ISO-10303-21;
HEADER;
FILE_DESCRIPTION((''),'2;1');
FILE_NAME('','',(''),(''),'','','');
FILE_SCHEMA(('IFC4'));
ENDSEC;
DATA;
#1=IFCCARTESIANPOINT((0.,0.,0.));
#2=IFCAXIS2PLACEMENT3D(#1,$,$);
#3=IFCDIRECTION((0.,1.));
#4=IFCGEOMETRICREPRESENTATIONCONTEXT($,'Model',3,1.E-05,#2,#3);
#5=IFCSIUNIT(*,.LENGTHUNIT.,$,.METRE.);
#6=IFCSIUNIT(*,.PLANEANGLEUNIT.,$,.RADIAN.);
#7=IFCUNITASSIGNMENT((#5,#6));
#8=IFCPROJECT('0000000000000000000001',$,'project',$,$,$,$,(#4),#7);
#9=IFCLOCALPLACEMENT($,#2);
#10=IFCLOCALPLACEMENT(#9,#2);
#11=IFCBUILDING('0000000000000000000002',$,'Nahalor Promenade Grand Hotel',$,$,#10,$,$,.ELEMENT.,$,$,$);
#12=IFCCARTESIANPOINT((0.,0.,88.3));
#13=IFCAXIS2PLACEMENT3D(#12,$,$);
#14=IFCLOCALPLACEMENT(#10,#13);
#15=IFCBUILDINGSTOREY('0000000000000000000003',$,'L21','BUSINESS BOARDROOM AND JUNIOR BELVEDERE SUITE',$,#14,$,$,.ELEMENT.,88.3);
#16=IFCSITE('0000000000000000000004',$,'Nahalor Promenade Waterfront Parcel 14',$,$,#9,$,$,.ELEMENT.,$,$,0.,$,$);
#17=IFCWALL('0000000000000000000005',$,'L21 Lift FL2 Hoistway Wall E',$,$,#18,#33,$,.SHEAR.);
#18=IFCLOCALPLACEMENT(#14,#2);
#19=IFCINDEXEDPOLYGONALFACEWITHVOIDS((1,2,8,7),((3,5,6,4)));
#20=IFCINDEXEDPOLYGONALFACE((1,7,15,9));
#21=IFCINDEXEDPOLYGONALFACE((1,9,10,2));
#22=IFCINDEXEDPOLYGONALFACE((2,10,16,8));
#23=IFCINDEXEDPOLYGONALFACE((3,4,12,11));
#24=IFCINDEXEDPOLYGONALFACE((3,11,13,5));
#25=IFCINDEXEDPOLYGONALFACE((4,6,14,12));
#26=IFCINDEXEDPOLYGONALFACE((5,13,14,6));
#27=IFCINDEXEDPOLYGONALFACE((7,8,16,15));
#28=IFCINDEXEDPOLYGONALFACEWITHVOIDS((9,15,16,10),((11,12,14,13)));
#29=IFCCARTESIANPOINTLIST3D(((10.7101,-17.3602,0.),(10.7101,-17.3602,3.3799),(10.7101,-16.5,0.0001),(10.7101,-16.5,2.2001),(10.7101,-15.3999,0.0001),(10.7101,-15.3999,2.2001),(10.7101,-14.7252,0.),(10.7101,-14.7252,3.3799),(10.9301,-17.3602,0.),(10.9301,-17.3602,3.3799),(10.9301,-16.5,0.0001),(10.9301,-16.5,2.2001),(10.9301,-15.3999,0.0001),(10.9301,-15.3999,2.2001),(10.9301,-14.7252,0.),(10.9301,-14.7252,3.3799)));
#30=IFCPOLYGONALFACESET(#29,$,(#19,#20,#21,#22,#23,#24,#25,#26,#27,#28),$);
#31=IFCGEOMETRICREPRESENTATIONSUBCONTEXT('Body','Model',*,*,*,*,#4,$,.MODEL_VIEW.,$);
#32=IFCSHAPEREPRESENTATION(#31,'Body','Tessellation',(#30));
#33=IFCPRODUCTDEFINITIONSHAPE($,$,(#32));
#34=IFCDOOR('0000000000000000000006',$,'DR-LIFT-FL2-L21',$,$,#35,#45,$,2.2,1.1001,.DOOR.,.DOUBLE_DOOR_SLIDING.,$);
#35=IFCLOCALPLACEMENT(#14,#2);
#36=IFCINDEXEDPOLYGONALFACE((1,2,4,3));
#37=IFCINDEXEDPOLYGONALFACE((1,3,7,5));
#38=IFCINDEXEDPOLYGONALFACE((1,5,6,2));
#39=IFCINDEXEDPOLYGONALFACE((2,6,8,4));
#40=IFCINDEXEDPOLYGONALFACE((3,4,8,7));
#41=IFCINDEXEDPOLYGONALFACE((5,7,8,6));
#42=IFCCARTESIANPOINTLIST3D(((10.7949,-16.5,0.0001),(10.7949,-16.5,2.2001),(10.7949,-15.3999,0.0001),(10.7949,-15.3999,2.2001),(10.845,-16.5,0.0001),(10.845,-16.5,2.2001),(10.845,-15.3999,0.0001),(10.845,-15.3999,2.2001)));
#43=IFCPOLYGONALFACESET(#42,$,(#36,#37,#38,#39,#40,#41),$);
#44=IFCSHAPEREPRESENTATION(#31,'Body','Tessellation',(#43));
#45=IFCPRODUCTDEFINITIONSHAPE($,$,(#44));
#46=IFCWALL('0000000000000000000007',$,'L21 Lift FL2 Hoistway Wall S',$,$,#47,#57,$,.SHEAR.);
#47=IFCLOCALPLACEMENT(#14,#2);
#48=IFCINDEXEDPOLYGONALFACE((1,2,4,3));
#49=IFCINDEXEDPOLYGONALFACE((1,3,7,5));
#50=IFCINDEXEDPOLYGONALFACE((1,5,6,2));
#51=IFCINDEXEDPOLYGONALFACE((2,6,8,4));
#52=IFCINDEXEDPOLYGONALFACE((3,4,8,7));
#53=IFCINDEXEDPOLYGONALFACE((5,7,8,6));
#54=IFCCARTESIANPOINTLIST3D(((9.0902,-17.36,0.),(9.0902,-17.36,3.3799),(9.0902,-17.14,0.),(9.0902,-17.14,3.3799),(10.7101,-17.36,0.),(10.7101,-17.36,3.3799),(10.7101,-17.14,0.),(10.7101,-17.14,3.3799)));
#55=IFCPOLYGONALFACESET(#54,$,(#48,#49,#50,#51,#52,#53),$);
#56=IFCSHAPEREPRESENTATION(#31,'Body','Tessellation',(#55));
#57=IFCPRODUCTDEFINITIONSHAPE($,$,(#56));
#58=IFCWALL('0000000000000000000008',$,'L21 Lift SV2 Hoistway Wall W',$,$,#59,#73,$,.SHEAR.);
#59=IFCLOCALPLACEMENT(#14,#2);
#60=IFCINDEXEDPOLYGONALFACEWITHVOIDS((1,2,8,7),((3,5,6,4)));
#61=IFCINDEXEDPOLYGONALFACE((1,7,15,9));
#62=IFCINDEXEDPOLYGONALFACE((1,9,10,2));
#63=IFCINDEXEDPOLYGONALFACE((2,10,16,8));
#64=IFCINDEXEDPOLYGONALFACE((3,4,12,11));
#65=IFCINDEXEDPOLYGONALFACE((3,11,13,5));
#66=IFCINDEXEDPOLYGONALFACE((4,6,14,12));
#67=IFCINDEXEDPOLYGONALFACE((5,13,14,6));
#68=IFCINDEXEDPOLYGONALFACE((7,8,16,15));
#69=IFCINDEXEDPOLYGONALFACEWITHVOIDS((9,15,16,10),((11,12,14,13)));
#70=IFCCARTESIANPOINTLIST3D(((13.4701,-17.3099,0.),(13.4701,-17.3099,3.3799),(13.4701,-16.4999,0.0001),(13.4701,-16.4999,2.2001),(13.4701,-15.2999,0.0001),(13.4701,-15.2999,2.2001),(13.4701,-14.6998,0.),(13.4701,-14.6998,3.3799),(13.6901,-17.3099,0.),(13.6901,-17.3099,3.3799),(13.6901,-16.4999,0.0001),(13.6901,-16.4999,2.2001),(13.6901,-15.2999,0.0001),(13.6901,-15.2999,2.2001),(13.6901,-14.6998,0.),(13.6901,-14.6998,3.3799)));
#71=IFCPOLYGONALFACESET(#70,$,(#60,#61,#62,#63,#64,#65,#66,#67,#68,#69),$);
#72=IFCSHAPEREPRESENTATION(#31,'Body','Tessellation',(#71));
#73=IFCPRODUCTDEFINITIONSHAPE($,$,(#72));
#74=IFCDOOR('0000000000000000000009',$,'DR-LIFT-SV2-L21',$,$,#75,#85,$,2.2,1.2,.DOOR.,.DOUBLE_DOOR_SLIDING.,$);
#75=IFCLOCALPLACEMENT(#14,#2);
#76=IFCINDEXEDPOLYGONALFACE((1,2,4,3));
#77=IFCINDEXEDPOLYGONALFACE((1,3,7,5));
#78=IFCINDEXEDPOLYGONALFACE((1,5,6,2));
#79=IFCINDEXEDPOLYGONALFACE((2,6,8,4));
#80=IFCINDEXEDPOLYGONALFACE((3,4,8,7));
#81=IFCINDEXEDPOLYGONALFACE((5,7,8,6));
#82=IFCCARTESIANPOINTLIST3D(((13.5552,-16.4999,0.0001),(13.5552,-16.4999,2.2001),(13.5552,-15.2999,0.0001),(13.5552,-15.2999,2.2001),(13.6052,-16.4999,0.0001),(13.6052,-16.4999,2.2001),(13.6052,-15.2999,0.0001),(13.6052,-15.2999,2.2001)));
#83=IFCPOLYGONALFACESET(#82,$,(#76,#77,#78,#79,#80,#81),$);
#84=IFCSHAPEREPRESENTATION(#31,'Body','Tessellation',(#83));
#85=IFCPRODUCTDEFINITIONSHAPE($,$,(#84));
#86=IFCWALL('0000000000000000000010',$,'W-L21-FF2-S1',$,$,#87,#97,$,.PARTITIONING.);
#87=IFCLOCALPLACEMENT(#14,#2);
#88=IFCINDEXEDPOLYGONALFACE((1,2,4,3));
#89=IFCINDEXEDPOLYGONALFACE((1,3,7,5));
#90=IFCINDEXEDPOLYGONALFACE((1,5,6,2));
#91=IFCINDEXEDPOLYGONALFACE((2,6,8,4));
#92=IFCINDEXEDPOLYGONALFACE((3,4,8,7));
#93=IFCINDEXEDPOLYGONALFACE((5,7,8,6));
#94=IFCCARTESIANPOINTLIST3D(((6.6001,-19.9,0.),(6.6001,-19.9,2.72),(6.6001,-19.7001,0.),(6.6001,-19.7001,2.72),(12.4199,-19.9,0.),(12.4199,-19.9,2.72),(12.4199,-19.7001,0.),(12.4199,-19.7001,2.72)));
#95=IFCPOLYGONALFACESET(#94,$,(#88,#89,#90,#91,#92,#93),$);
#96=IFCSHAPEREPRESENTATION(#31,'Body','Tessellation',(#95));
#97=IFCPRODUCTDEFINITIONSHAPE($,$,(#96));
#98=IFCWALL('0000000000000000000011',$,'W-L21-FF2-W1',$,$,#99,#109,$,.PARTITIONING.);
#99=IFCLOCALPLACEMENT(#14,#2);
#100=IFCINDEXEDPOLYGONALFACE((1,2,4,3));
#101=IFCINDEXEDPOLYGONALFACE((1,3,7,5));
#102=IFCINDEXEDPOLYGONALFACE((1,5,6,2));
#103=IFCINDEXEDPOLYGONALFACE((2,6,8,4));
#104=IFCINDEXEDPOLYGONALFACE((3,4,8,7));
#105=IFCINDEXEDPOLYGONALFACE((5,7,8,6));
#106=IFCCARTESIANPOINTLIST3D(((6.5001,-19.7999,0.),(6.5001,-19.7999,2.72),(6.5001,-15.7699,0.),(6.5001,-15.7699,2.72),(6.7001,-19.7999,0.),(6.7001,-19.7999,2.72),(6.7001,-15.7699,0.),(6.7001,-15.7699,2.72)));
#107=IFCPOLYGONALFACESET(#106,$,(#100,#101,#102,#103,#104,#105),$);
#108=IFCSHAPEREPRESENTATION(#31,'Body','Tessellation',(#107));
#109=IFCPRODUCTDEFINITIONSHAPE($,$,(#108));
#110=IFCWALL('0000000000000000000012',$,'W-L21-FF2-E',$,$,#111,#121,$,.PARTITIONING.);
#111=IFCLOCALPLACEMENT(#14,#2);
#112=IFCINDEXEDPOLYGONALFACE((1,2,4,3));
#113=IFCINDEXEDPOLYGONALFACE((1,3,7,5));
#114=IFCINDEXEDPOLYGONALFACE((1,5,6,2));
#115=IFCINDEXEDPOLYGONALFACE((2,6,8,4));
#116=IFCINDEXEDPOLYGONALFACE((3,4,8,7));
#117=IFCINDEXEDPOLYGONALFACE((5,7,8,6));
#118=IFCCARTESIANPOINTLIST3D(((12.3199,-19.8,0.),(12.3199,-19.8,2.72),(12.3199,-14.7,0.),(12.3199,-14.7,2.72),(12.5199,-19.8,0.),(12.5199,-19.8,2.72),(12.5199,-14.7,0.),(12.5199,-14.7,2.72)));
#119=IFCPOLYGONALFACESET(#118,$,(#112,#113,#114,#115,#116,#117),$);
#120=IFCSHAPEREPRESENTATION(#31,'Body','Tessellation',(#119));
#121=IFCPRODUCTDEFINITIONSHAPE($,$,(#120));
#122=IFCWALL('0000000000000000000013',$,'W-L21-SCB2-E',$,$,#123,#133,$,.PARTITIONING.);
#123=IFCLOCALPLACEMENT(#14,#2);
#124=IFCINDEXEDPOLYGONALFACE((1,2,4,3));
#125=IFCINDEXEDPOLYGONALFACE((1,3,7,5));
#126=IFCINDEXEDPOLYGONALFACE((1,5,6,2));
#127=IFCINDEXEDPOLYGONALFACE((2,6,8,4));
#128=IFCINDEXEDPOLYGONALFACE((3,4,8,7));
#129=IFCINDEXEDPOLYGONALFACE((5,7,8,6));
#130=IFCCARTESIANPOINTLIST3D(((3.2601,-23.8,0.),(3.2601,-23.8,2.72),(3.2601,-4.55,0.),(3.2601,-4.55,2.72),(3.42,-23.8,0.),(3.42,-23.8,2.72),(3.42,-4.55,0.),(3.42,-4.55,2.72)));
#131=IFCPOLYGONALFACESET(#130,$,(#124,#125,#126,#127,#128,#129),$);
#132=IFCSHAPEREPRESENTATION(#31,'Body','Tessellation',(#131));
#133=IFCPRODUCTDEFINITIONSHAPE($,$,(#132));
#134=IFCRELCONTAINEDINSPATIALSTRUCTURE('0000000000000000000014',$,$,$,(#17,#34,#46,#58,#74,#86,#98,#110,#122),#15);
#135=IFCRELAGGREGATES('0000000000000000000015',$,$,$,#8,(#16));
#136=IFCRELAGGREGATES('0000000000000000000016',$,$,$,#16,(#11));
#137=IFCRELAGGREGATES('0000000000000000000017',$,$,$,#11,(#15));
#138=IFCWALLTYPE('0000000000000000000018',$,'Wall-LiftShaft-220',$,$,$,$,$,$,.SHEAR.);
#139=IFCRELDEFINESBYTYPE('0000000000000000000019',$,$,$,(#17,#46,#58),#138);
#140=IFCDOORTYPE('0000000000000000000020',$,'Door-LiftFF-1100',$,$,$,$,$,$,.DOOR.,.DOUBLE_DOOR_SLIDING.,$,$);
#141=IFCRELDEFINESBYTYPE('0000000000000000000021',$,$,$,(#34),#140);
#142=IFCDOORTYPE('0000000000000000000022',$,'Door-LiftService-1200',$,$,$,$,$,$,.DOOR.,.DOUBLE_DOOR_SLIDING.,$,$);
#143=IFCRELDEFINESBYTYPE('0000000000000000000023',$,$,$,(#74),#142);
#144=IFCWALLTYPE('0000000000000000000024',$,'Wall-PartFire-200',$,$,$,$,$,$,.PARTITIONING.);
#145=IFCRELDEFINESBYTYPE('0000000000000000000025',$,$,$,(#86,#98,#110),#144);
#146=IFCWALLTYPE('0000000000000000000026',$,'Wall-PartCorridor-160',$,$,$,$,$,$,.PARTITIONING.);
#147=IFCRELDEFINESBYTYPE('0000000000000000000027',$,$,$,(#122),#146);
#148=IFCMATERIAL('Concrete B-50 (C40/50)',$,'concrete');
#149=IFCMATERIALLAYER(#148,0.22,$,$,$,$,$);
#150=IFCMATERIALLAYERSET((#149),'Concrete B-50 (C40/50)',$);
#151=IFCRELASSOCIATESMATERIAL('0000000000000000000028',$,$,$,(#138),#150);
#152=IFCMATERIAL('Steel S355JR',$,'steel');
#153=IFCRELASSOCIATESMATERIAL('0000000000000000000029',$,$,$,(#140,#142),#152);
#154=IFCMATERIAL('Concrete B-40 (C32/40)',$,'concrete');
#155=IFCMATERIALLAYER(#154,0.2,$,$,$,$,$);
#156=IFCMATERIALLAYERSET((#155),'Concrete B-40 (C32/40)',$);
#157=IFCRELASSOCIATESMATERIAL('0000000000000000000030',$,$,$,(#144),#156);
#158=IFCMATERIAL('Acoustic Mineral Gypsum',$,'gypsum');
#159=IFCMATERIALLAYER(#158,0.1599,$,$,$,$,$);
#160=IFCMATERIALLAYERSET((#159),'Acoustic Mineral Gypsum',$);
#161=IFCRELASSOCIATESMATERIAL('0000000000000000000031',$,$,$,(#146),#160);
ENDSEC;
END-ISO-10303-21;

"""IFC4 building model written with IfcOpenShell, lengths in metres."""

from ifc_helpers import new_model, si_unit, direction, frame, frame_2d, origin, place, context, subcontext, project, spatial, rectangle, extrude, source, transform, mapped, material, layer, layer_set, type_object, element, fill, save


model = new_model("IFC4")

# Units and contexts
model_context = context("Model", 3, precision=1e-05, world=origin(), true_north=direction((0.0, 1.0)))
body_context = subcontext(model_context, "Body", "Model", "MODEL_VIEW")
ifc_project = project(units=[si_unit("LENGTHUNIT", "METRE"), si_unit("PLANEANGLEUNIT", "RADIAN")], contexts=[model_context])

# Site, building, storey
site_placement = place(None, origin())
site = spatial("IfcSite", under=ifc_project, at=site_placement, Name="Nahalor Promenade Waterfront Parcel 14", CompositionType="ELEMENT", RefElevation=0.0)
building_placement = place(site_placement, origin())
building = spatial("IfcBuilding", under=site, at=building_placement, Name="Nahalor Promenade Grand Hotel", CompositionType="ELEMENT")
storey_placement = place(building_placement, frame((0.0, 0.0, 88.3)))
storey = spatial("IfcBuildingStorey", under=building, at=storey_placement, Name="L21", Description="BUSINESS BOARDROOM AND JUNIOR BELVEDERE SUITE", CompositionType="ELEMENT", Elevation=88.3)

# Shared definitions
ifc_material_1 = material(Name="Steel S355JR", Category="steel")

# Shared definitions
ifc_material_2 = material(Name="Concrete B-50 (C40/50)", Category="concrete")

# Shared definitions
ifc_layer_1 = layer(ifc_material_2, 0.22)
ifc_layer_set_1 = layer_set([ifc_layer_1], Name="Concrete B-50 (C40/50)")
wall_type_1 = type_object("IfcWallType", Name="Wall-LiftShaft-220", PredefinedType="SHEAR", material=ifc_layer_set_1)
shared_shape_1 = source(origin(), body_context, "Body", "SweptSolid", [
    extrude(rectangle(XDim=2.635, YDim=0.22, at=frame_2d((1.3174, 0.0))), origin(), (0.0, 0.0, 1.0), 3.3799),
])

# Wall, opening, door
wall_1_placement = place(storey_placement, frame((10.8201, -17.3601, 0.0), z_axis=(0.0, 0.0, 1.0), x_axis=(0.0, 1.0, 0.0)))
wall_1 = element("IfcWall", 1, at=wall_1_placement, inside=storey, type_object=wall_type_1, Name="L21 Lift FL2 Hoistway Wall E", PredefinedType="SHEAR", context=body_context, shape_type="MappedRepresentation", body=[
    mapped(shared_shape_1, transform((0.0, 0.0, 0.0), scale=1.0)),
])
opening_1_placement = place(wall_1_placement, frame((0.8601, 0.0, 0.0)))
opening_1 = element("IfcOpeningElement", 2, at=opening_1_placement, cuts=wall_1, PredefinedType="OPENING", context=body_context, shape_type="SweptSolid", body=[
    extrude(rectangle(XDim=1.1001, YDim=2.2, at=frame_2d((0.55, 1.1001))), frame((0.0, 0.1199, 0.0), z_axis=(0.0, -1.0, 0.0), x_axis=(1.0, 0.0, 0.0)), (0.0, 0.0, 1.0), 0.24),
])
door_type_1 = type_object("IfcDoorType", Name="Door-LiftFF-1100", OperationType="DOUBLE_DOOR_SLIDING", PredefinedType="DOOR", material=ifc_material_1)
shared_shape_2 = source(origin(), body_context, "Body", "SweptSolid", [
    extrude(rectangle(XDim=1.1001, YDim=2.2, at=frame_2d((0.55, 1.1001))), frame((0.0, 0.0249, 0.0), z_axis=(0.0, -1.0, 0.0), x_axis=(1.0, 0.0, 0.0)), (0.0, 0.0, 1.0), 0.05),
])
door_1_placement = place(opening_1_placement, frame((1.1001, 0.0, 0.0), z_axis=(0.0, 0.0, 1.0), x_axis=(-1.0, 0.0, 0.0)))
door_1 = element("IfcDoor", 3, at=door_1_placement, inside=storey, type_object=door_type_1, Name="DR-LIFT-FL2-L21", OperationType="DOUBLE_DOOR_SLIDING", OverallHeight=2.2, OverallWidth=1.1001, PredefinedType="DOOR", context=body_context, shape_type="MappedRepresentation", body=[
    mapped(shared_shape_2, transform((0.0, 0.0, 0.0), scale=1.0)),
])
fill(opening_1, door_1)

# Wall
shared_shape_3 = source(origin(), body_context, "Body", "SweptSolid", [
    extrude(rectangle(XDim=1.6199, YDim=0.22, at=frame_2d((0.8101, 0.0))), origin(), (0.0, 0.0, 1.0), 3.3799),
])
wall_2_placement = place(storey_placement, frame((9.0901, -17.25, 0.0), z_axis=(0.0, 0.0, 1.0), x_axis=(1.0, 0.0, 0.0)))
element("IfcWall", 4, at=wall_2_placement, inside=storey, type_object=wall_type_1, Name="L21 Lift FL2 Hoistway Wall S", PredefinedType="SHEAR", context=body_context, shape_type="MappedRepresentation", body=[
    mapped(shared_shape_3, transform((0.0, 0.0, 0.0), scale=1.0)),
])

# Wall, opening, door
shared_shape_4 = source(origin(), body_context, "Body", "SweptSolid", [
    extrude(rectangle(XDim=2.6101, YDim=0.22, at=frame_2d((1.3052, 0.0))), origin(), (0.0, 0.0, 1.0), 3.3799),
])
wall_3_placement = place(storey_placement, frame((13.5801, -17.3101, 0.0), z_axis=(0.0, 0.0, 1.0), x_axis=(0.0, 1.0, 0.0)))
wall_3 = element("IfcWall", 5, at=wall_3_placement, inside=storey, type_object=wall_type_1, Name="L21 Lift SV2 Hoistway Wall W", PredefinedType="SHEAR", context=body_context, shape_type="MappedRepresentation", body=[
    mapped(shared_shape_4, transform((0.0, 0.0, 0.0), scale=1.0)),
])
opening_2_placement = place(wall_3_placement, frame((0.8101, 0.0, 0.0)))
opening_2 = element("IfcOpeningElement", 6, at=opening_2_placement, cuts=wall_3, PredefinedType="OPENING", context=body_context, shape_type="SweptSolid", body=[
    extrude(rectangle(XDim=1.2, YDim=2.2, at=frame_2d((0.6001, 1.1001))), frame((0.0, 0.1199, 0.0), z_axis=(0.0, -1.0, 0.0), x_axis=(1.0, 0.0, 0.0)), (0.0, 0.0, 1.0), 0.24),
])
door_type_2 = type_object("IfcDoorType", Name="Door-LiftService-1200", OperationType="DOUBLE_DOOR_SLIDING", PredefinedType="DOOR", material=ifc_material_1)
shared_shape_5 = source(origin(), body_context, "Body", "SweptSolid", [
    extrude(rectangle(XDim=1.2, YDim=2.2, at=frame_2d((0.6001, 1.1001))), frame((0.0, 0.0249, 0.0), z_axis=(0.0, -1.0, 0.0), x_axis=(1.0, 0.0, 0.0)), (0.0, 0.0, 1.0), 0.05),
])
door_2_placement = place(opening_2_placement, origin())
door_2 = element("IfcDoor", 7, at=door_2_placement, inside=storey, type_object=door_type_2, Name="DR-LIFT-SV2-L21", OperationType="DOUBLE_DOOR_SLIDING", OverallHeight=2.2, OverallWidth=1.2, PredefinedType="DOOR", context=body_context, shape_type="MappedRepresentation", body=[
    mapped(shared_shape_5, transform((0.0, 0.0, 0.0), scale=1.0)),
])
fill(opening_2, door_2)

# Walls
ifc_material_3 = material(Name="Concrete B-40 (C32/40)", Category="concrete")
ifc_layer_2 = layer(ifc_material_3, 0.2)
ifc_layer_set_2 = layer_set([ifc_layer_2], Name="Concrete B-40 (C32/40)")
wall_type_2 = type_object("IfcWallType", Name="Wall-PartFire-200", PredefinedType="PARTITIONING", material=ifc_layer_set_2)
shared_shape_6 = source(origin(), body_context, "Body", "SweptSolid", [
    extrude(rectangle(XDim=5.8198, YDim=0.2, at=frame_2d((2.9099, 0.0))), origin(), (0.0, 0.0, 1.0), 2.72),
])
wall_4_placement = place(storey_placement, frame((6.6001, -19.8, 0.0), z_axis=(0.0, 0.0, 1.0), x_axis=(1.0, 0.0, 0.0)))
element("IfcWall", 8, at=wall_4_placement, inside=storey, type_object=wall_type_2, Name="W-L21-FF2-S1", PredefinedType="PARTITIONING", context=body_context, shape_type="MappedRepresentation", body=[
    mapped(shared_shape_6, transform((0.0, 0.0, 0.0), scale=1.0)),
])
shared_shape_7 = source(origin(), body_context, "Body", "SweptSolid", [
    extrude(rectangle(XDim=4.03, YDim=0.2, at=frame_2d((2.0151, 0.0))), origin(), (0.0, 0.0, 1.0), 2.72),
])
wall_5_placement = place(storey_placement, frame((6.6001, -19.8, 0.0), z_axis=(0.0, 0.0, 1.0), x_axis=(0.0, 1.0, 0.0)))
element("IfcWall", 9, at=wall_5_placement, inside=storey, type_object=wall_type_2, Name="W-L21-FF2-W1", PredefinedType="PARTITIONING", context=body_context, shape_type="MappedRepresentation", body=[
    mapped(shared_shape_7, transform((0.0, 0.0, 0.0), scale=1.0)),
])
shared_shape_8 = source(origin(), body_context, "Body", "SweptSolid", [
    extrude(rectangle(XDim=5.1001, YDim=0.2, at=frame_2d((2.55, 0.0))), origin(), (0.0, 0.0, 1.0), 2.72),
])
wall_6_placement = place(storey_placement, frame((12.4199, -19.8, 0.0), z_axis=(0.0, 0.0, 1.0), x_axis=(0.0, 1.0, 0.0)))
element("IfcWall", 10, at=wall_6_placement, inside=storey, type_object=wall_type_2, Name="W-L21-FF2-E", PredefinedType="PARTITIONING", context=body_context, shape_type="MappedRepresentation", body=[
    mapped(shared_shape_8, transform((0.0, 0.0, 0.0), scale=1.0)),
])
ifc_material_4 = material(Name="Acoustic Mineral Gypsum", Category="gypsum")
ifc_layer_3 = layer(ifc_material_4, 0.1599)
ifc_layer_set_3 = layer_set([ifc_layer_3], Name="Acoustic Mineral Gypsum")
wall_type_3 = type_object("IfcWallType", Name="Wall-PartCorridor-160", PredefinedType="PARTITIONING", material=ifc_layer_set_3)
shared_shape_9 = source(origin(), body_context, "Body", "SweptSolid", [
    extrude(rectangle(XDim=19.25, YDim=0.1599, at=frame_2d((9.625, 0.0))), origin(), (0.0, 0.0, 1.0), 2.72),
])
wall_7_placement = place(storey_placement, frame((3.3401, -23.8, 0.0), z_axis=(0.0, 0.0, 1.0), x_axis=(0.0, 1.0, 0.0)))
element("IfcWall", 11, at=wall_7_placement, inside=storey, type_object=wall_type_3, Name="W-L21-SCB2-E", PredefinedType="PARTITIONING", context=body_context, shape_type="MappedRepresentation", body=[
    mapped(shared_shape_9, transform((0.0, 0.0, 0.0), scale=1.0)),
])

save(model, "model.ifc")
